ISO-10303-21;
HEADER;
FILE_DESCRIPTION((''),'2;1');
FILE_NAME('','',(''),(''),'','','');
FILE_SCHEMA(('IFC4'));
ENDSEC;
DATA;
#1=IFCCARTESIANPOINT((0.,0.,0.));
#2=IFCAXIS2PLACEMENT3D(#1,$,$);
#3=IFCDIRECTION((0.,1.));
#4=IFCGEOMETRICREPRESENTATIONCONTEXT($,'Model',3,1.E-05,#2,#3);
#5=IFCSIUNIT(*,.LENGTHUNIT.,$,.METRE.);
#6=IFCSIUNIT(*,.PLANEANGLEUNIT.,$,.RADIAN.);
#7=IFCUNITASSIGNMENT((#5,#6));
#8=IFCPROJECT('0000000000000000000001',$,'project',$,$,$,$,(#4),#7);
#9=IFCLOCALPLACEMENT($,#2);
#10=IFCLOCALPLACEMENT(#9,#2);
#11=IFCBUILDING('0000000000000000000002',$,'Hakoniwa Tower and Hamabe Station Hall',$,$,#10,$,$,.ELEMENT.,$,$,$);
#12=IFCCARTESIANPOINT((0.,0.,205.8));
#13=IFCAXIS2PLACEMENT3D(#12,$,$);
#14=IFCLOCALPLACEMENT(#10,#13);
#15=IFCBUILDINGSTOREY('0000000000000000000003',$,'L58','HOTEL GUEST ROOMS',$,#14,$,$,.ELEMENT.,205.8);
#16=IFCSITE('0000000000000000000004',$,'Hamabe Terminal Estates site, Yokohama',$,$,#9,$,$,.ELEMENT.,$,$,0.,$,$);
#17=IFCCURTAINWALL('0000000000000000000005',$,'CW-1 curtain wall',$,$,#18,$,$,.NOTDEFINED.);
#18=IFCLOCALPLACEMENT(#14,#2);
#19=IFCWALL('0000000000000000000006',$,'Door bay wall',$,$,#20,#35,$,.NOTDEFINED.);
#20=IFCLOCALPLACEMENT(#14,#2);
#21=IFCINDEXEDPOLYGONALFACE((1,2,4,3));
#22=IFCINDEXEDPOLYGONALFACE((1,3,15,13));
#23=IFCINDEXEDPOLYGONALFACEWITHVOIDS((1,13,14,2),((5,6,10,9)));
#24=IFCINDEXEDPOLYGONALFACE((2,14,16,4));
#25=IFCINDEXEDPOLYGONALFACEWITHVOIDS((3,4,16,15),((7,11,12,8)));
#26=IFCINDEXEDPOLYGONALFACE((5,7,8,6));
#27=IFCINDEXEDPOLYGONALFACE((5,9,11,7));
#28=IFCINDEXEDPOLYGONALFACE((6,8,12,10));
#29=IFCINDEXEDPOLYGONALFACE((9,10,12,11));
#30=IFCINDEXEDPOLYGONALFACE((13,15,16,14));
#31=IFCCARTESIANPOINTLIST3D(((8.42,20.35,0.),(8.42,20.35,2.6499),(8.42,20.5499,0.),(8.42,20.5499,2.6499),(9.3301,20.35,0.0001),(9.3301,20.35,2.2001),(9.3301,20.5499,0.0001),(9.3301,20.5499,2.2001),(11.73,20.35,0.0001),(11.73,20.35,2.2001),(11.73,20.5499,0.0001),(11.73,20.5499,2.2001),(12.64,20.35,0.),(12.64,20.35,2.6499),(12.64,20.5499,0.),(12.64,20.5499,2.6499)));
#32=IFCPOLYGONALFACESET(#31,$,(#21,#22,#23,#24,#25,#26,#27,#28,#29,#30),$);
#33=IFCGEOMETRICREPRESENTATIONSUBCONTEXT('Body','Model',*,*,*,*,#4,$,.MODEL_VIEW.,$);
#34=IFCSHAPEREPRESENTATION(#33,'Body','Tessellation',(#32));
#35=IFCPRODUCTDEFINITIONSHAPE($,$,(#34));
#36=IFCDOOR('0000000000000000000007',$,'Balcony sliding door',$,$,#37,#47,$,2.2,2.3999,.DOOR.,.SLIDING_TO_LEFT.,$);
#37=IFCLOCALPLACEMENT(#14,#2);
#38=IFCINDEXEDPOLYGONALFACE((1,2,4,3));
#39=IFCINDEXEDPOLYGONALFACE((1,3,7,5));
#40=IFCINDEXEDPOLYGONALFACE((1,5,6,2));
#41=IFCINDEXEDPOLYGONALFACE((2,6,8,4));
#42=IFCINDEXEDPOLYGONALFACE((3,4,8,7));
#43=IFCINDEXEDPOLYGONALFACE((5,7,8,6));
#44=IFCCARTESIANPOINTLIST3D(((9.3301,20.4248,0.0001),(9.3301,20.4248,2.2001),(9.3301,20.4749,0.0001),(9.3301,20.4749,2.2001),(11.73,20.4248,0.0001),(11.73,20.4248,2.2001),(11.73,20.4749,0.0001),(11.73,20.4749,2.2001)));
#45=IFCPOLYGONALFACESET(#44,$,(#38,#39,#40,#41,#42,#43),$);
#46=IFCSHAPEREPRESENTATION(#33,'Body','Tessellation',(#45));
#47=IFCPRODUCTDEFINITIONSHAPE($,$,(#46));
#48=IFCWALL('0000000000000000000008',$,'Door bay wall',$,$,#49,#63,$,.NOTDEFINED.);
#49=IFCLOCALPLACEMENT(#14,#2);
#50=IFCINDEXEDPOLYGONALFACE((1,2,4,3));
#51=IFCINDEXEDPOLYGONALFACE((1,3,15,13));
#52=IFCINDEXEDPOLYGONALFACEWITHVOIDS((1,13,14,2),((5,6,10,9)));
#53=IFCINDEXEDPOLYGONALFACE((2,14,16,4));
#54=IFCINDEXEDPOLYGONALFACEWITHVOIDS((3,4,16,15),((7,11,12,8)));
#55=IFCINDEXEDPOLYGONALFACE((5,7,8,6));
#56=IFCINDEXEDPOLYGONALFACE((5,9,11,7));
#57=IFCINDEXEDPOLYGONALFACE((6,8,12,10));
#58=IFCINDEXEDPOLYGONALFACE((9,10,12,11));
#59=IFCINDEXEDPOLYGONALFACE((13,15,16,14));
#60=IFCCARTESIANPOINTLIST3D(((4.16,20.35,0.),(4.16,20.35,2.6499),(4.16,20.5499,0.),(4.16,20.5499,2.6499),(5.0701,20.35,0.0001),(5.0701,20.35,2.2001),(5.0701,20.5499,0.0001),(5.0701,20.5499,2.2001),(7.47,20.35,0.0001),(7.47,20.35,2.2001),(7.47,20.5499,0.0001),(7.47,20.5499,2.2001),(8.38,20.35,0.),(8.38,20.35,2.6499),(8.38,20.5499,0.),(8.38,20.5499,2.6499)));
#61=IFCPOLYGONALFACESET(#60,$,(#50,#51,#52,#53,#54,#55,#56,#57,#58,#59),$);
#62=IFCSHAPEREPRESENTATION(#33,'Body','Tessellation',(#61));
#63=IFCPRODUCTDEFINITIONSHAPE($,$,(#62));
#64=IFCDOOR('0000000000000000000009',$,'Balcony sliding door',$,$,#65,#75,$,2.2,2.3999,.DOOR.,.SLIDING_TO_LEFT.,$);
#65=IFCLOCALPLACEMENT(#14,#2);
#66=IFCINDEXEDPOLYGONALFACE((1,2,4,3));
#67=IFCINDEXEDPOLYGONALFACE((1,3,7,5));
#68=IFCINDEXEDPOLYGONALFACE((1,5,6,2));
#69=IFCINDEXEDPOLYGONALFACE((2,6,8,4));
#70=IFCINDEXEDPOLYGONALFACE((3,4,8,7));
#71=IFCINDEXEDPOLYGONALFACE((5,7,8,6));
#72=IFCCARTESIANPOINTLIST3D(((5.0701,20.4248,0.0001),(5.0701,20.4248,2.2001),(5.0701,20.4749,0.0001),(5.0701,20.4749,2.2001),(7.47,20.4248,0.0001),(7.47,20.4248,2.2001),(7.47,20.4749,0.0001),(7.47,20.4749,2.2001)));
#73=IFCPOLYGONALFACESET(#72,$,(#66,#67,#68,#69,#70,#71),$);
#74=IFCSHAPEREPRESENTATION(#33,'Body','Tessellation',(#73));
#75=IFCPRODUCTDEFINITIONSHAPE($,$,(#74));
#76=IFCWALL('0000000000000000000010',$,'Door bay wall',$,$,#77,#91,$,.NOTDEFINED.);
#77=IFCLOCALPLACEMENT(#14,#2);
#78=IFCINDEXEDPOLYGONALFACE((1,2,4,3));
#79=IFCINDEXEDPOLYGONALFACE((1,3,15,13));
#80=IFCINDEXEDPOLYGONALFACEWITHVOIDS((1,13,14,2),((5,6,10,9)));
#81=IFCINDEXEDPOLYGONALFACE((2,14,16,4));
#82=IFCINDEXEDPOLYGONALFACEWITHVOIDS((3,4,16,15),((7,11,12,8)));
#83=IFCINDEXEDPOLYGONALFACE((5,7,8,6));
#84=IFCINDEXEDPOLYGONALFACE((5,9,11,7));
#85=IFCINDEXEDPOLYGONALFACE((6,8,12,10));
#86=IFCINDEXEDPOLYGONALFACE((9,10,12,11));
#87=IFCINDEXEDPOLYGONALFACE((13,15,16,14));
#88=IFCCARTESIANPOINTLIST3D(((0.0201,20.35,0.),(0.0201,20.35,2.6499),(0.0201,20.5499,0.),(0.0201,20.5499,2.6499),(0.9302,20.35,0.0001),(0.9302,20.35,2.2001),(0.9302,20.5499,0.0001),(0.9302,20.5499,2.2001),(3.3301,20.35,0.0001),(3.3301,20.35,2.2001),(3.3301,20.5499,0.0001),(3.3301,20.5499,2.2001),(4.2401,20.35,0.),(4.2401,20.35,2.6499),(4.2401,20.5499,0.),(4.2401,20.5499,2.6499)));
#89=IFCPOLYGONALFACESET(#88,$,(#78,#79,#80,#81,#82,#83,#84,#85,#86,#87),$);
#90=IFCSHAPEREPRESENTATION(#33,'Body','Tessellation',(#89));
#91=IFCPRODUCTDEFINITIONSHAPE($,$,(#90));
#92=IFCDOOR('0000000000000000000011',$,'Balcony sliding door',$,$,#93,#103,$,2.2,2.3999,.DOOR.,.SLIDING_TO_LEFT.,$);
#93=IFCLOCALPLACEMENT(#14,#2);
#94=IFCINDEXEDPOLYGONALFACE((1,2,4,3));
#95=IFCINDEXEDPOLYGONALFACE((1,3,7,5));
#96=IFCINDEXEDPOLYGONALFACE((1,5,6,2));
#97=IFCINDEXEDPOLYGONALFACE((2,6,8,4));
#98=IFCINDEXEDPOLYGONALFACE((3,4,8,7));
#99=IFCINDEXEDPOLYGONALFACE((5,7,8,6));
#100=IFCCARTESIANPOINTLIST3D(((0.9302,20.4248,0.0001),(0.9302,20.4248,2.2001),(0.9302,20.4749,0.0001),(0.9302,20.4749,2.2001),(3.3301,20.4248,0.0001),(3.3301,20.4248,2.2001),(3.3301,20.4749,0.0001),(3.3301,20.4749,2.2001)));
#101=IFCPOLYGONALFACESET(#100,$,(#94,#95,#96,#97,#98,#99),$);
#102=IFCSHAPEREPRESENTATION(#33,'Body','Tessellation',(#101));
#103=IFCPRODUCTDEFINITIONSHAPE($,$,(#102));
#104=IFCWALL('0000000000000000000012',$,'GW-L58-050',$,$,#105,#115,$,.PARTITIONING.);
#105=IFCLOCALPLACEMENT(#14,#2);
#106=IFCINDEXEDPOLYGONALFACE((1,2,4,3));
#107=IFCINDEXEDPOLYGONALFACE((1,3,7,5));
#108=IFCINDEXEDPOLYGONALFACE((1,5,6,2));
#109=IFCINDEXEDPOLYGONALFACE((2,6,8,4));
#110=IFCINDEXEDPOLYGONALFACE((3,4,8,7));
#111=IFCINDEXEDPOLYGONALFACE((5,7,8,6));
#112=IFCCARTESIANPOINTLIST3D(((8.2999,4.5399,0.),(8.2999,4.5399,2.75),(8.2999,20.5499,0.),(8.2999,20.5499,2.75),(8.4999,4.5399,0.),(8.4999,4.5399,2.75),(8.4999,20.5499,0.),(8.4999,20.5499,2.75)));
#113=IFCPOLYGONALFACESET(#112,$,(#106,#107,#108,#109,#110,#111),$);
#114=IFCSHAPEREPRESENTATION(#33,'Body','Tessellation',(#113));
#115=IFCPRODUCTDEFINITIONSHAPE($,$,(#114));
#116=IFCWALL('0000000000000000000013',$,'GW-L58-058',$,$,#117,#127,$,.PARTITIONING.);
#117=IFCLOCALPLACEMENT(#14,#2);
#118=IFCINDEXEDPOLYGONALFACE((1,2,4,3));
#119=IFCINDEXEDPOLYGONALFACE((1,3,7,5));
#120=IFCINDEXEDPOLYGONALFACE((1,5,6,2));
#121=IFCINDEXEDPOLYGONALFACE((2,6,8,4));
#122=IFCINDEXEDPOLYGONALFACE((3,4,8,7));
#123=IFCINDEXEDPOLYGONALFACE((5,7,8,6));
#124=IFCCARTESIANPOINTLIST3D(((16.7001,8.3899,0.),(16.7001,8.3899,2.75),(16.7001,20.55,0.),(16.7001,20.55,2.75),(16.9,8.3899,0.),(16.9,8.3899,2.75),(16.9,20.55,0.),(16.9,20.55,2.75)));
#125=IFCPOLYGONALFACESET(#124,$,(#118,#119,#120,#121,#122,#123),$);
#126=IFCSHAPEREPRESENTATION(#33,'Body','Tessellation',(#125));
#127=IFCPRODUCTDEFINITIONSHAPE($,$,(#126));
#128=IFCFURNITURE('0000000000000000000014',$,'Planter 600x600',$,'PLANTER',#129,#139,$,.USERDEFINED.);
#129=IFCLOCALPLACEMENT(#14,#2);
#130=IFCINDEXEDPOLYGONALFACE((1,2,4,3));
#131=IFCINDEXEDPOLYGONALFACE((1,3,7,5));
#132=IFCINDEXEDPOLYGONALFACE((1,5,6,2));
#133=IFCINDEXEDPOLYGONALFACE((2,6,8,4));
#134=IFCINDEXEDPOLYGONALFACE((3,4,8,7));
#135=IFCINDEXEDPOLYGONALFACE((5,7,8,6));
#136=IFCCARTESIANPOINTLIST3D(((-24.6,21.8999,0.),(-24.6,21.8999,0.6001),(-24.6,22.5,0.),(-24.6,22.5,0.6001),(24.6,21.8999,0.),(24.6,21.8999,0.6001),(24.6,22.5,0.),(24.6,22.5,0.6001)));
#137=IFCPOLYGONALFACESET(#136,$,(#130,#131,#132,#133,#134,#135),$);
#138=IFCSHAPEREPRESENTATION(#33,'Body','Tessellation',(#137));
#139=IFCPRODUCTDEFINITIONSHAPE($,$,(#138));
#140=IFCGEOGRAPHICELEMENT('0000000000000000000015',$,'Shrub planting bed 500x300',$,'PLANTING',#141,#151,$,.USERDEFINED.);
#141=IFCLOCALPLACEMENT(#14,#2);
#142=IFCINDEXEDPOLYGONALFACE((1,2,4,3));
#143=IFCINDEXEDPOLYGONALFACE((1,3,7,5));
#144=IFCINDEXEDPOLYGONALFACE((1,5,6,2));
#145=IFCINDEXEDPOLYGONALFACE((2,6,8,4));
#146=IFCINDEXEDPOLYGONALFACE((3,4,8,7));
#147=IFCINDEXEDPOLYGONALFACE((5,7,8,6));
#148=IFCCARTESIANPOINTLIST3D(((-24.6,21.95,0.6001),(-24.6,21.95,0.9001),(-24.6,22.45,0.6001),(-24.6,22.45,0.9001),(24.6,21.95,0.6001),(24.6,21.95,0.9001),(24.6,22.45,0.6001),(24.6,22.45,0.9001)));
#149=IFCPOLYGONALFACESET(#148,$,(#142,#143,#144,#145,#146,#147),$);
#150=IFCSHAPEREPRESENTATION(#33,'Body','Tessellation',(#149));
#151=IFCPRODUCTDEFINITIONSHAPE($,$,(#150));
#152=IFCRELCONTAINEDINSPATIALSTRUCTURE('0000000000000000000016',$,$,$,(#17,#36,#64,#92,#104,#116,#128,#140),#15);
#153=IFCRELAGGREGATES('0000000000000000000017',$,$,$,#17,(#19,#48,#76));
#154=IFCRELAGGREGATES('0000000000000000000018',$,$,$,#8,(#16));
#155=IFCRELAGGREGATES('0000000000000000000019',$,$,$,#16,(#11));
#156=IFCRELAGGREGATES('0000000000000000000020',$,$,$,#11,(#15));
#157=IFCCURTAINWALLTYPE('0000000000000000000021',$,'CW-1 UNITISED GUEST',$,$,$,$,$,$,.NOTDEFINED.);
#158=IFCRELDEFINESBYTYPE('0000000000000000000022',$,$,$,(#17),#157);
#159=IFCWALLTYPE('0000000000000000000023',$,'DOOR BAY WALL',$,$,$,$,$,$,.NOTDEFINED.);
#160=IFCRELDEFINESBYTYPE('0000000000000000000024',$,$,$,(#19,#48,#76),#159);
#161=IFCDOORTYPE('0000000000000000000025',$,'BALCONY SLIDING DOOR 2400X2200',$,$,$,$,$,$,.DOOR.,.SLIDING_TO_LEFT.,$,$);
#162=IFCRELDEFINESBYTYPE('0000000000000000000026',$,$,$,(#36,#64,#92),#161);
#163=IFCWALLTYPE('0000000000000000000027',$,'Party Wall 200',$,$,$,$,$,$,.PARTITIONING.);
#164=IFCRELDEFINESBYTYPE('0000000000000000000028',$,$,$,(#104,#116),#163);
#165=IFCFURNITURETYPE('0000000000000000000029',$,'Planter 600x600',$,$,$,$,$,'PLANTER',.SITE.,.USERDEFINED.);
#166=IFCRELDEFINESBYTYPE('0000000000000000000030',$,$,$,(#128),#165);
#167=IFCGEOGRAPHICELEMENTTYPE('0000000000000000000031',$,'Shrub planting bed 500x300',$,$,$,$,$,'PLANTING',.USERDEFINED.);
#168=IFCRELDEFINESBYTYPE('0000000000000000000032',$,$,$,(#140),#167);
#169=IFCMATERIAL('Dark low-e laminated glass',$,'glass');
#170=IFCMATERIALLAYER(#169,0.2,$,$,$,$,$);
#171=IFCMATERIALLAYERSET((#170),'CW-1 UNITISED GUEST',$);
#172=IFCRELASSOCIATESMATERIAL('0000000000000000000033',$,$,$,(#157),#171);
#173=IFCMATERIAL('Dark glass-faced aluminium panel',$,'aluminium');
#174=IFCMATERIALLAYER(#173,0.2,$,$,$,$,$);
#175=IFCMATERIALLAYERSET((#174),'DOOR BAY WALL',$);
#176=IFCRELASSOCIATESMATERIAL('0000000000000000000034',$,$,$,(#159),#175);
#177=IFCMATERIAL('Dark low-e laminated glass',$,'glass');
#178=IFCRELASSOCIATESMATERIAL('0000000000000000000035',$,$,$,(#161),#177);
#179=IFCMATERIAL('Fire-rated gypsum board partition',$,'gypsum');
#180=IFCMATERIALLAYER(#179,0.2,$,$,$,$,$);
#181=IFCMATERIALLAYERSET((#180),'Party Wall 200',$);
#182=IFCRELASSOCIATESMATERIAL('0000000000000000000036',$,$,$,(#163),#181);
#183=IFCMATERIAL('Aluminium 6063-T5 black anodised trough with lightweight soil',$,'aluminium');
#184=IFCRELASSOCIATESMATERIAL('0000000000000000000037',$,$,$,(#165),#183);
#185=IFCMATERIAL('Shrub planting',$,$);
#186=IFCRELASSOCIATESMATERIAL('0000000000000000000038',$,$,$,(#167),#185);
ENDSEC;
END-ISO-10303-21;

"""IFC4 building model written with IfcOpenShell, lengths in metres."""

from ifc_helpers import new_model, si_unit, direction, frame, frame_2d, origin, origin_2d, place, context, subcontext, project, spatial, rectangle, extrude, material, layer, layer_set, type_object, element, fill, aggregate, save


model = new_model("IFC4")

# Units and contexts
model_context = context("Model", 3, precision=1e-05, world=origin(), true_north=direction((0.0, 1.0)))
body_context = subcontext(model_context, "Body", "Model", "MODEL_VIEW")
ifc_project = project(units=[si_unit("LENGTHUNIT", "METRE"), si_unit("PLANEANGLEUNIT", "RADIAN")], contexts=[model_context])

# Site, building, storey
site_placement = place(None, origin())
site = spatial("IfcSite", under=ifc_project, at=site_placement, Name="Hamabe Terminal Estates site, Yokohama", CompositionType="ELEMENT", RefElevation=0.0)
building_placement = place(site_placement, origin())
building = spatial("IfcBuilding", under=site, at=building_placement, Name="Hakoniwa Tower and Hamabe Station Hall", CompositionType="ELEMENT")
storey_placement = place(building_placement, frame((0.0, 0.0, 205.8)))
storey = spatial("IfcBuildingStorey", under=building, at=storey_placement, Name="L58", Description="HOTEL GUEST ROOMS", CompositionType="ELEMENT", Elevation=205.8)

# Curtain wall
ifc_material_1 = material(Name="Dark low-e laminated glass", Category="glass")
ifc_layer_1 = layer(ifc_material_1, 0.2)
ifc_layer_set_1 = layer_set([ifc_layer_1], Name="CW-1 UNITISED GUEST")
curtain_wall_type = type_object("IfcCurtainWallType", Name="CW-1 UNITISED GUEST", PredefinedType="NOTDEFINED", material=ifc_layer_set_1)
curtain_wall_placement = place(storey_placement, origin())
curtain_wall = element("IfcCurtainWall", 1, at=curtain_wall_placement, inside=storey, type_object=curtain_wall_type, Name="CW-1 curtain wall", PredefinedType="NOTDEFINED")

# Walls, openings, doors
ifc_material_2 = material(Name="Dark glass-faced aluminium panel", Category="aluminium")
ifc_layer_2 = layer(ifc_material_2, 0.2)
ifc_layer_set_2 = layer_set([ifc_layer_2], Name="DOOR BAY WALL")
wall_type_1 = type_object("IfcWallType", Name="DOOR BAY WALL", PredefinedType="NOTDEFINED", material=ifc_layer_set_2)
ifc_material_3 = material(Name="Dark low-e laminated glass", Category="glass")
door_type = type_object("IfcDoorType", Name="BALCONY SLIDING DOOR 2400X2200", OperationType="SLIDING_TO_LEFT", PredefinedType="DOOR", material=ifc_material_3)
wall_1_placement = place(storey_placement, frame((12.6399, 20.45, 0.0), z_axis=(0.0, 0.0, 1.0), x_axis=(-1.0, 0.0, 0.0)))
wall_1 = element("IfcWall", 2, at=wall_1_placement, type_object=wall_type_1, Name="Door bay wall", PredefinedType="NOTDEFINED", context=body_context, shape_type="SweptSolid", body=[
    extrude(rectangle(XDim=4.22, YDim=0.2, at=frame_2d((2.1099, 0.0))), origin(), (0.0, 0.0, 1.0), 2.6499),
])
opening_1_placement = place(wall_1_placement, frame((0.9099, 0.0, 0.0)))
opening_1 = element("IfcOpeningElement", 3, at=opening_1_placement, cuts=wall_1, PredefinedType="OPENING", context=body_context, shape_type="SweptSolid", body=[
    extrude(rectangle(XDim=2.3999, YDim=2.2, at=frame_2d((1.2, 1.1001))), frame((0.0, 0.1099, 0.0), z_axis=(0.0, -1.0, 0.0), x_axis=(1.0, 0.0, 0.0)), (0.0, 0.0, 1.0), 0.22),
])
door_1_placement = place(opening_1_placement, frame((2.3999, 0.0, 0.0), z_axis=(0.0, 0.0, 1.0), x_axis=(-1.0, 0.0, 0.0)))
door_1 = element("IfcDoor", 4, at=door_1_placement, inside=storey, type_object=door_type, Name="Balcony sliding door", OperationType="SLIDING_TO_LEFT", OverallHeight=2.2, OverallWidth=2.3999, PredefinedType="DOOR", context=body_context, shape_type="SweptSolid", body=[
    extrude(rectangle(XDim=2.3999, YDim=2.2, at=frame_2d((1.2, 1.1001))), frame((0.0, 0.0249, 0.0), z_axis=(0.0, -1.0, 0.0), x_axis=(1.0, 0.0, 0.0)), (0.0, 0.0, 1.0), 0.05),
])
fill(opening_1, door_1)
wall_2_placement = place(storey_placement, frame((8.3799, 20.45, 0.0), z_axis=(0.0, 0.0, 1.0), x_axis=(-1.0, 0.0, 0.0)))
wall_2 = element("IfcWall", 5, at=wall_2_placement, type_object=wall_type_1, Name="Door bay wall", PredefinedType="NOTDEFINED", context=body_context, shape_type="SweptSolid", body=[
    extrude(rectangle(XDim=4.22, YDim=0.2, at=frame_2d((2.1099, 0.0))), origin(), (0.0, 0.0, 1.0), 2.6499),
])
opening_2_placement = place(wall_2_placement, frame((0.9099, 0.0, 0.0)))
opening_2 = element("IfcOpeningElement", 6, at=opening_2_placement, cuts=wall_2, PredefinedType="OPENING", context=body_context, shape_type="SweptSolid", body=[
    extrude(rectangle(XDim=2.3999, YDim=2.2, at=frame_2d((1.2, 1.1001))), frame((0.0, 0.1099, 0.0), z_axis=(0.0, -1.0, 0.0), x_axis=(1.0, 0.0, 0.0)), (0.0, 0.0, 1.0), 0.22),
])
door_2_placement = place(opening_2_placement, frame((2.3999, 0.0, 0.0), z_axis=(0.0, 0.0, 1.0), x_axis=(-1.0, 0.0, 0.0)))
door_2 = element("IfcDoor", 7, at=door_2_placement, inside=storey, type_object=door_type, Name="Balcony sliding door", OperationType="SLIDING_TO_LEFT", OverallHeight=2.2, OverallWidth=2.3999, PredefinedType="DOOR", context=body_context, shape_type="SweptSolid", body=[
    extrude(rectangle(XDim=2.3999, YDim=2.2, at=frame_2d((1.2, 1.1001))), frame((0.0, 0.0249, 0.0), z_axis=(0.0, -1.0, 0.0), x_axis=(1.0, 0.0, 0.0)), (0.0, 0.0, 1.0), 0.05),
])
fill(opening_2, door_2)
wall_3_placement = place(storey_placement, frame((4.24, 20.45, 0.0), z_axis=(0.0, 0.0, 1.0), x_axis=(-1.0, 0.0, 0.0)))
wall_3 = element("IfcWall", 8, at=wall_3_placement, type_object=wall_type_1, Name="Door bay wall", PredefinedType="NOTDEFINED", context=body_context, shape_type="SweptSolid", body=[
    extrude(rectangle(XDim=4.22, YDim=0.2, at=frame_2d((2.1099, 0.0))), origin(), (0.0, 0.0, 1.0), 2.6499),
])
opening_3_placement = place(wall_3_placement, frame((0.9099, 0.0, 0.0)))
opening_3 = element("IfcOpeningElement", 9, at=opening_3_placement, cuts=wall_3, PredefinedType="OPENING", context=body_context, shape_type="SweptSolid", body=[
    extrude(rectangle(XDim=2.3999, YDim=2.2, at=frame_2d((1.2, 1.1001))), frame((0.0, 0.1099, 0.0), z_axis=(0.0, -1.0, 0.0), x_axis=(1.0, 0.0, 0.0)), (0.0, 0.0, 1.0), 0.22),
])
door_3_placement = place(opening_3_placement, frame((2.3999, 0.0, 0.0), z_axis=(0.0, 0.0, 1.0), x_axis=(-1.0, 0.0, 0.0)))
door_3 = element("IfcDoor", 10, at=door_3_placement, inside=storey, type_object=door_type, Name="Balcony sliding door", OperationType="SLIDING_TO_LEFT", OverallHeight=2.2, OverallWidth=2.3999, PredefinedType="DOOR", context=body_context, shape_type="SweptSolid", body=[
    extrude(rectangle(XDim=2.3999, YDim=2.2, at=frame_2d((1.2, 1.1001))), frame((0.0, 0.0249, 0.0), z_axis=(0.0, -1.0, 0.0), x_axis=(1.0, 0.0, 0.0)), (0.0, 0.0, 1.0), 0.05),
])
fill(opening_3, door_3)
aggregate(curtain_wall, [wall_1, wall_2, wall_3])

# Walls
ifc_material_4 = material(Name="Fire-rated gypsum board partition", Category="gypsum")
ifc_layer_3 = layer(ifc_material_4, 0.2)
ifc_layer_set_3 = layer_set([ifc_layer_3], Name="Party Wall 200")
wall_type_2 = type_object("IfcWallType", Name="Party Wall 200", PredefinedType="PARTITIONING", material=ifc_layer_set_3)
wall_4_placement = place(storey_placement, frame((8.3999, 4.54, 0.0), z_axis=(0.0, 0.0, 1.0), x_axis=(0.0, 1.0, 0.0)))
element("IfcWall", 11, at=wall_4_placement, inside=storey, type_object=wall_type_2, Name="GW-L58-050", PredefinedType="PARTITIONING", context=body_context, shape_type="SweptSolid", body=[
    extrude(rectangle(XDim=16.01, YDim=0.2, at=frame_2d((8.0049, 0.0))), origin(), (0.0, 0.0, 1.0), 2.75),
])
wall_5_placement = place(storey_placement, frame((16.8, 8.3899, 0.0), z_axis=(0.0, 0.0, 1.0), x_axis=(0.0, 1.0, 0.0)))
element("IfcWall", 12, at=wall_5_placement, inside=storey, type_object=wall_type_2, Name="GW-L58-058", PredefinedType="PARTITIONING", context=body_context, shape_type="SweptSolid", body=[
    extrude(rectangle(XDim=12.1602, YDim=0.2, at=frame_2d((6.0801, 0.0))), origin(), (0.0, 0.0, 1.0), 2.75),
])

# Furniture
ifc_material_5 = material(Name="Aluminium 6063-T5 black anodised trough with lightweight soil", Category="aluminium")
furniture_type = type_object("IfcFurnitureType", Name="Planter 600x600", ElementType="PLANTER", AssemblyPlace="SITE", PredefinedType="USERDEFINED", material=ifc_material_5)
furniture_placement = place(storey_placement, frame((0.0, 22.2, 0.0), z_axis=(0.0, 0.0, 1.0), x_axis=(1.0, 0.0, 0.0)))
element("IfcFurniture", 13, at=furniture_placement, inside=storey, type_object=furniture_type, Name="Planter 600x600", ObjectType="PLANTER", PredefinedType="USERDEFINED", context=body_context, shape_type="SweptSolid", body=[
    extrude(rectangle(XDim=49.2, YDim=0.6001, at=origin_2d()), origin(), (0.0, 0.0, 1.0), 0.6001),
])

# Geographic element
ifc_material_6 = material(Name="Shrub planting")
geographic_element_type = type_object("IfcGeographicElementType", Name="Shrub planting bed 500x300", ElementType="PLANTING", PredefinedType="USERDEFINED", material=ifc_material_6)
geographic_element_placement = place(storey_placement, frame((0.0, 22.2, 0.6001), z_axis=(0.0, 0.0, 1.0), x_axis=(1.0, 0.0, 0.0)))
element("IfcGeographicElement", 14, at=geographic_element_placement, inside=storey, type_object=geographic_element_type, Name="Shrub planting bed 500x300", ObjectType="PLANTING", PredefinedType="USERDEFINED", context=body_context, shape_type="SweptSolid", body=[
    extrude(rectangle(XDim=49.2, YDim=0.5, at=origin_2d()), origin(), (0.0, 0.0, 1.0), 0.3),
])

save(model, "model.ifc")
